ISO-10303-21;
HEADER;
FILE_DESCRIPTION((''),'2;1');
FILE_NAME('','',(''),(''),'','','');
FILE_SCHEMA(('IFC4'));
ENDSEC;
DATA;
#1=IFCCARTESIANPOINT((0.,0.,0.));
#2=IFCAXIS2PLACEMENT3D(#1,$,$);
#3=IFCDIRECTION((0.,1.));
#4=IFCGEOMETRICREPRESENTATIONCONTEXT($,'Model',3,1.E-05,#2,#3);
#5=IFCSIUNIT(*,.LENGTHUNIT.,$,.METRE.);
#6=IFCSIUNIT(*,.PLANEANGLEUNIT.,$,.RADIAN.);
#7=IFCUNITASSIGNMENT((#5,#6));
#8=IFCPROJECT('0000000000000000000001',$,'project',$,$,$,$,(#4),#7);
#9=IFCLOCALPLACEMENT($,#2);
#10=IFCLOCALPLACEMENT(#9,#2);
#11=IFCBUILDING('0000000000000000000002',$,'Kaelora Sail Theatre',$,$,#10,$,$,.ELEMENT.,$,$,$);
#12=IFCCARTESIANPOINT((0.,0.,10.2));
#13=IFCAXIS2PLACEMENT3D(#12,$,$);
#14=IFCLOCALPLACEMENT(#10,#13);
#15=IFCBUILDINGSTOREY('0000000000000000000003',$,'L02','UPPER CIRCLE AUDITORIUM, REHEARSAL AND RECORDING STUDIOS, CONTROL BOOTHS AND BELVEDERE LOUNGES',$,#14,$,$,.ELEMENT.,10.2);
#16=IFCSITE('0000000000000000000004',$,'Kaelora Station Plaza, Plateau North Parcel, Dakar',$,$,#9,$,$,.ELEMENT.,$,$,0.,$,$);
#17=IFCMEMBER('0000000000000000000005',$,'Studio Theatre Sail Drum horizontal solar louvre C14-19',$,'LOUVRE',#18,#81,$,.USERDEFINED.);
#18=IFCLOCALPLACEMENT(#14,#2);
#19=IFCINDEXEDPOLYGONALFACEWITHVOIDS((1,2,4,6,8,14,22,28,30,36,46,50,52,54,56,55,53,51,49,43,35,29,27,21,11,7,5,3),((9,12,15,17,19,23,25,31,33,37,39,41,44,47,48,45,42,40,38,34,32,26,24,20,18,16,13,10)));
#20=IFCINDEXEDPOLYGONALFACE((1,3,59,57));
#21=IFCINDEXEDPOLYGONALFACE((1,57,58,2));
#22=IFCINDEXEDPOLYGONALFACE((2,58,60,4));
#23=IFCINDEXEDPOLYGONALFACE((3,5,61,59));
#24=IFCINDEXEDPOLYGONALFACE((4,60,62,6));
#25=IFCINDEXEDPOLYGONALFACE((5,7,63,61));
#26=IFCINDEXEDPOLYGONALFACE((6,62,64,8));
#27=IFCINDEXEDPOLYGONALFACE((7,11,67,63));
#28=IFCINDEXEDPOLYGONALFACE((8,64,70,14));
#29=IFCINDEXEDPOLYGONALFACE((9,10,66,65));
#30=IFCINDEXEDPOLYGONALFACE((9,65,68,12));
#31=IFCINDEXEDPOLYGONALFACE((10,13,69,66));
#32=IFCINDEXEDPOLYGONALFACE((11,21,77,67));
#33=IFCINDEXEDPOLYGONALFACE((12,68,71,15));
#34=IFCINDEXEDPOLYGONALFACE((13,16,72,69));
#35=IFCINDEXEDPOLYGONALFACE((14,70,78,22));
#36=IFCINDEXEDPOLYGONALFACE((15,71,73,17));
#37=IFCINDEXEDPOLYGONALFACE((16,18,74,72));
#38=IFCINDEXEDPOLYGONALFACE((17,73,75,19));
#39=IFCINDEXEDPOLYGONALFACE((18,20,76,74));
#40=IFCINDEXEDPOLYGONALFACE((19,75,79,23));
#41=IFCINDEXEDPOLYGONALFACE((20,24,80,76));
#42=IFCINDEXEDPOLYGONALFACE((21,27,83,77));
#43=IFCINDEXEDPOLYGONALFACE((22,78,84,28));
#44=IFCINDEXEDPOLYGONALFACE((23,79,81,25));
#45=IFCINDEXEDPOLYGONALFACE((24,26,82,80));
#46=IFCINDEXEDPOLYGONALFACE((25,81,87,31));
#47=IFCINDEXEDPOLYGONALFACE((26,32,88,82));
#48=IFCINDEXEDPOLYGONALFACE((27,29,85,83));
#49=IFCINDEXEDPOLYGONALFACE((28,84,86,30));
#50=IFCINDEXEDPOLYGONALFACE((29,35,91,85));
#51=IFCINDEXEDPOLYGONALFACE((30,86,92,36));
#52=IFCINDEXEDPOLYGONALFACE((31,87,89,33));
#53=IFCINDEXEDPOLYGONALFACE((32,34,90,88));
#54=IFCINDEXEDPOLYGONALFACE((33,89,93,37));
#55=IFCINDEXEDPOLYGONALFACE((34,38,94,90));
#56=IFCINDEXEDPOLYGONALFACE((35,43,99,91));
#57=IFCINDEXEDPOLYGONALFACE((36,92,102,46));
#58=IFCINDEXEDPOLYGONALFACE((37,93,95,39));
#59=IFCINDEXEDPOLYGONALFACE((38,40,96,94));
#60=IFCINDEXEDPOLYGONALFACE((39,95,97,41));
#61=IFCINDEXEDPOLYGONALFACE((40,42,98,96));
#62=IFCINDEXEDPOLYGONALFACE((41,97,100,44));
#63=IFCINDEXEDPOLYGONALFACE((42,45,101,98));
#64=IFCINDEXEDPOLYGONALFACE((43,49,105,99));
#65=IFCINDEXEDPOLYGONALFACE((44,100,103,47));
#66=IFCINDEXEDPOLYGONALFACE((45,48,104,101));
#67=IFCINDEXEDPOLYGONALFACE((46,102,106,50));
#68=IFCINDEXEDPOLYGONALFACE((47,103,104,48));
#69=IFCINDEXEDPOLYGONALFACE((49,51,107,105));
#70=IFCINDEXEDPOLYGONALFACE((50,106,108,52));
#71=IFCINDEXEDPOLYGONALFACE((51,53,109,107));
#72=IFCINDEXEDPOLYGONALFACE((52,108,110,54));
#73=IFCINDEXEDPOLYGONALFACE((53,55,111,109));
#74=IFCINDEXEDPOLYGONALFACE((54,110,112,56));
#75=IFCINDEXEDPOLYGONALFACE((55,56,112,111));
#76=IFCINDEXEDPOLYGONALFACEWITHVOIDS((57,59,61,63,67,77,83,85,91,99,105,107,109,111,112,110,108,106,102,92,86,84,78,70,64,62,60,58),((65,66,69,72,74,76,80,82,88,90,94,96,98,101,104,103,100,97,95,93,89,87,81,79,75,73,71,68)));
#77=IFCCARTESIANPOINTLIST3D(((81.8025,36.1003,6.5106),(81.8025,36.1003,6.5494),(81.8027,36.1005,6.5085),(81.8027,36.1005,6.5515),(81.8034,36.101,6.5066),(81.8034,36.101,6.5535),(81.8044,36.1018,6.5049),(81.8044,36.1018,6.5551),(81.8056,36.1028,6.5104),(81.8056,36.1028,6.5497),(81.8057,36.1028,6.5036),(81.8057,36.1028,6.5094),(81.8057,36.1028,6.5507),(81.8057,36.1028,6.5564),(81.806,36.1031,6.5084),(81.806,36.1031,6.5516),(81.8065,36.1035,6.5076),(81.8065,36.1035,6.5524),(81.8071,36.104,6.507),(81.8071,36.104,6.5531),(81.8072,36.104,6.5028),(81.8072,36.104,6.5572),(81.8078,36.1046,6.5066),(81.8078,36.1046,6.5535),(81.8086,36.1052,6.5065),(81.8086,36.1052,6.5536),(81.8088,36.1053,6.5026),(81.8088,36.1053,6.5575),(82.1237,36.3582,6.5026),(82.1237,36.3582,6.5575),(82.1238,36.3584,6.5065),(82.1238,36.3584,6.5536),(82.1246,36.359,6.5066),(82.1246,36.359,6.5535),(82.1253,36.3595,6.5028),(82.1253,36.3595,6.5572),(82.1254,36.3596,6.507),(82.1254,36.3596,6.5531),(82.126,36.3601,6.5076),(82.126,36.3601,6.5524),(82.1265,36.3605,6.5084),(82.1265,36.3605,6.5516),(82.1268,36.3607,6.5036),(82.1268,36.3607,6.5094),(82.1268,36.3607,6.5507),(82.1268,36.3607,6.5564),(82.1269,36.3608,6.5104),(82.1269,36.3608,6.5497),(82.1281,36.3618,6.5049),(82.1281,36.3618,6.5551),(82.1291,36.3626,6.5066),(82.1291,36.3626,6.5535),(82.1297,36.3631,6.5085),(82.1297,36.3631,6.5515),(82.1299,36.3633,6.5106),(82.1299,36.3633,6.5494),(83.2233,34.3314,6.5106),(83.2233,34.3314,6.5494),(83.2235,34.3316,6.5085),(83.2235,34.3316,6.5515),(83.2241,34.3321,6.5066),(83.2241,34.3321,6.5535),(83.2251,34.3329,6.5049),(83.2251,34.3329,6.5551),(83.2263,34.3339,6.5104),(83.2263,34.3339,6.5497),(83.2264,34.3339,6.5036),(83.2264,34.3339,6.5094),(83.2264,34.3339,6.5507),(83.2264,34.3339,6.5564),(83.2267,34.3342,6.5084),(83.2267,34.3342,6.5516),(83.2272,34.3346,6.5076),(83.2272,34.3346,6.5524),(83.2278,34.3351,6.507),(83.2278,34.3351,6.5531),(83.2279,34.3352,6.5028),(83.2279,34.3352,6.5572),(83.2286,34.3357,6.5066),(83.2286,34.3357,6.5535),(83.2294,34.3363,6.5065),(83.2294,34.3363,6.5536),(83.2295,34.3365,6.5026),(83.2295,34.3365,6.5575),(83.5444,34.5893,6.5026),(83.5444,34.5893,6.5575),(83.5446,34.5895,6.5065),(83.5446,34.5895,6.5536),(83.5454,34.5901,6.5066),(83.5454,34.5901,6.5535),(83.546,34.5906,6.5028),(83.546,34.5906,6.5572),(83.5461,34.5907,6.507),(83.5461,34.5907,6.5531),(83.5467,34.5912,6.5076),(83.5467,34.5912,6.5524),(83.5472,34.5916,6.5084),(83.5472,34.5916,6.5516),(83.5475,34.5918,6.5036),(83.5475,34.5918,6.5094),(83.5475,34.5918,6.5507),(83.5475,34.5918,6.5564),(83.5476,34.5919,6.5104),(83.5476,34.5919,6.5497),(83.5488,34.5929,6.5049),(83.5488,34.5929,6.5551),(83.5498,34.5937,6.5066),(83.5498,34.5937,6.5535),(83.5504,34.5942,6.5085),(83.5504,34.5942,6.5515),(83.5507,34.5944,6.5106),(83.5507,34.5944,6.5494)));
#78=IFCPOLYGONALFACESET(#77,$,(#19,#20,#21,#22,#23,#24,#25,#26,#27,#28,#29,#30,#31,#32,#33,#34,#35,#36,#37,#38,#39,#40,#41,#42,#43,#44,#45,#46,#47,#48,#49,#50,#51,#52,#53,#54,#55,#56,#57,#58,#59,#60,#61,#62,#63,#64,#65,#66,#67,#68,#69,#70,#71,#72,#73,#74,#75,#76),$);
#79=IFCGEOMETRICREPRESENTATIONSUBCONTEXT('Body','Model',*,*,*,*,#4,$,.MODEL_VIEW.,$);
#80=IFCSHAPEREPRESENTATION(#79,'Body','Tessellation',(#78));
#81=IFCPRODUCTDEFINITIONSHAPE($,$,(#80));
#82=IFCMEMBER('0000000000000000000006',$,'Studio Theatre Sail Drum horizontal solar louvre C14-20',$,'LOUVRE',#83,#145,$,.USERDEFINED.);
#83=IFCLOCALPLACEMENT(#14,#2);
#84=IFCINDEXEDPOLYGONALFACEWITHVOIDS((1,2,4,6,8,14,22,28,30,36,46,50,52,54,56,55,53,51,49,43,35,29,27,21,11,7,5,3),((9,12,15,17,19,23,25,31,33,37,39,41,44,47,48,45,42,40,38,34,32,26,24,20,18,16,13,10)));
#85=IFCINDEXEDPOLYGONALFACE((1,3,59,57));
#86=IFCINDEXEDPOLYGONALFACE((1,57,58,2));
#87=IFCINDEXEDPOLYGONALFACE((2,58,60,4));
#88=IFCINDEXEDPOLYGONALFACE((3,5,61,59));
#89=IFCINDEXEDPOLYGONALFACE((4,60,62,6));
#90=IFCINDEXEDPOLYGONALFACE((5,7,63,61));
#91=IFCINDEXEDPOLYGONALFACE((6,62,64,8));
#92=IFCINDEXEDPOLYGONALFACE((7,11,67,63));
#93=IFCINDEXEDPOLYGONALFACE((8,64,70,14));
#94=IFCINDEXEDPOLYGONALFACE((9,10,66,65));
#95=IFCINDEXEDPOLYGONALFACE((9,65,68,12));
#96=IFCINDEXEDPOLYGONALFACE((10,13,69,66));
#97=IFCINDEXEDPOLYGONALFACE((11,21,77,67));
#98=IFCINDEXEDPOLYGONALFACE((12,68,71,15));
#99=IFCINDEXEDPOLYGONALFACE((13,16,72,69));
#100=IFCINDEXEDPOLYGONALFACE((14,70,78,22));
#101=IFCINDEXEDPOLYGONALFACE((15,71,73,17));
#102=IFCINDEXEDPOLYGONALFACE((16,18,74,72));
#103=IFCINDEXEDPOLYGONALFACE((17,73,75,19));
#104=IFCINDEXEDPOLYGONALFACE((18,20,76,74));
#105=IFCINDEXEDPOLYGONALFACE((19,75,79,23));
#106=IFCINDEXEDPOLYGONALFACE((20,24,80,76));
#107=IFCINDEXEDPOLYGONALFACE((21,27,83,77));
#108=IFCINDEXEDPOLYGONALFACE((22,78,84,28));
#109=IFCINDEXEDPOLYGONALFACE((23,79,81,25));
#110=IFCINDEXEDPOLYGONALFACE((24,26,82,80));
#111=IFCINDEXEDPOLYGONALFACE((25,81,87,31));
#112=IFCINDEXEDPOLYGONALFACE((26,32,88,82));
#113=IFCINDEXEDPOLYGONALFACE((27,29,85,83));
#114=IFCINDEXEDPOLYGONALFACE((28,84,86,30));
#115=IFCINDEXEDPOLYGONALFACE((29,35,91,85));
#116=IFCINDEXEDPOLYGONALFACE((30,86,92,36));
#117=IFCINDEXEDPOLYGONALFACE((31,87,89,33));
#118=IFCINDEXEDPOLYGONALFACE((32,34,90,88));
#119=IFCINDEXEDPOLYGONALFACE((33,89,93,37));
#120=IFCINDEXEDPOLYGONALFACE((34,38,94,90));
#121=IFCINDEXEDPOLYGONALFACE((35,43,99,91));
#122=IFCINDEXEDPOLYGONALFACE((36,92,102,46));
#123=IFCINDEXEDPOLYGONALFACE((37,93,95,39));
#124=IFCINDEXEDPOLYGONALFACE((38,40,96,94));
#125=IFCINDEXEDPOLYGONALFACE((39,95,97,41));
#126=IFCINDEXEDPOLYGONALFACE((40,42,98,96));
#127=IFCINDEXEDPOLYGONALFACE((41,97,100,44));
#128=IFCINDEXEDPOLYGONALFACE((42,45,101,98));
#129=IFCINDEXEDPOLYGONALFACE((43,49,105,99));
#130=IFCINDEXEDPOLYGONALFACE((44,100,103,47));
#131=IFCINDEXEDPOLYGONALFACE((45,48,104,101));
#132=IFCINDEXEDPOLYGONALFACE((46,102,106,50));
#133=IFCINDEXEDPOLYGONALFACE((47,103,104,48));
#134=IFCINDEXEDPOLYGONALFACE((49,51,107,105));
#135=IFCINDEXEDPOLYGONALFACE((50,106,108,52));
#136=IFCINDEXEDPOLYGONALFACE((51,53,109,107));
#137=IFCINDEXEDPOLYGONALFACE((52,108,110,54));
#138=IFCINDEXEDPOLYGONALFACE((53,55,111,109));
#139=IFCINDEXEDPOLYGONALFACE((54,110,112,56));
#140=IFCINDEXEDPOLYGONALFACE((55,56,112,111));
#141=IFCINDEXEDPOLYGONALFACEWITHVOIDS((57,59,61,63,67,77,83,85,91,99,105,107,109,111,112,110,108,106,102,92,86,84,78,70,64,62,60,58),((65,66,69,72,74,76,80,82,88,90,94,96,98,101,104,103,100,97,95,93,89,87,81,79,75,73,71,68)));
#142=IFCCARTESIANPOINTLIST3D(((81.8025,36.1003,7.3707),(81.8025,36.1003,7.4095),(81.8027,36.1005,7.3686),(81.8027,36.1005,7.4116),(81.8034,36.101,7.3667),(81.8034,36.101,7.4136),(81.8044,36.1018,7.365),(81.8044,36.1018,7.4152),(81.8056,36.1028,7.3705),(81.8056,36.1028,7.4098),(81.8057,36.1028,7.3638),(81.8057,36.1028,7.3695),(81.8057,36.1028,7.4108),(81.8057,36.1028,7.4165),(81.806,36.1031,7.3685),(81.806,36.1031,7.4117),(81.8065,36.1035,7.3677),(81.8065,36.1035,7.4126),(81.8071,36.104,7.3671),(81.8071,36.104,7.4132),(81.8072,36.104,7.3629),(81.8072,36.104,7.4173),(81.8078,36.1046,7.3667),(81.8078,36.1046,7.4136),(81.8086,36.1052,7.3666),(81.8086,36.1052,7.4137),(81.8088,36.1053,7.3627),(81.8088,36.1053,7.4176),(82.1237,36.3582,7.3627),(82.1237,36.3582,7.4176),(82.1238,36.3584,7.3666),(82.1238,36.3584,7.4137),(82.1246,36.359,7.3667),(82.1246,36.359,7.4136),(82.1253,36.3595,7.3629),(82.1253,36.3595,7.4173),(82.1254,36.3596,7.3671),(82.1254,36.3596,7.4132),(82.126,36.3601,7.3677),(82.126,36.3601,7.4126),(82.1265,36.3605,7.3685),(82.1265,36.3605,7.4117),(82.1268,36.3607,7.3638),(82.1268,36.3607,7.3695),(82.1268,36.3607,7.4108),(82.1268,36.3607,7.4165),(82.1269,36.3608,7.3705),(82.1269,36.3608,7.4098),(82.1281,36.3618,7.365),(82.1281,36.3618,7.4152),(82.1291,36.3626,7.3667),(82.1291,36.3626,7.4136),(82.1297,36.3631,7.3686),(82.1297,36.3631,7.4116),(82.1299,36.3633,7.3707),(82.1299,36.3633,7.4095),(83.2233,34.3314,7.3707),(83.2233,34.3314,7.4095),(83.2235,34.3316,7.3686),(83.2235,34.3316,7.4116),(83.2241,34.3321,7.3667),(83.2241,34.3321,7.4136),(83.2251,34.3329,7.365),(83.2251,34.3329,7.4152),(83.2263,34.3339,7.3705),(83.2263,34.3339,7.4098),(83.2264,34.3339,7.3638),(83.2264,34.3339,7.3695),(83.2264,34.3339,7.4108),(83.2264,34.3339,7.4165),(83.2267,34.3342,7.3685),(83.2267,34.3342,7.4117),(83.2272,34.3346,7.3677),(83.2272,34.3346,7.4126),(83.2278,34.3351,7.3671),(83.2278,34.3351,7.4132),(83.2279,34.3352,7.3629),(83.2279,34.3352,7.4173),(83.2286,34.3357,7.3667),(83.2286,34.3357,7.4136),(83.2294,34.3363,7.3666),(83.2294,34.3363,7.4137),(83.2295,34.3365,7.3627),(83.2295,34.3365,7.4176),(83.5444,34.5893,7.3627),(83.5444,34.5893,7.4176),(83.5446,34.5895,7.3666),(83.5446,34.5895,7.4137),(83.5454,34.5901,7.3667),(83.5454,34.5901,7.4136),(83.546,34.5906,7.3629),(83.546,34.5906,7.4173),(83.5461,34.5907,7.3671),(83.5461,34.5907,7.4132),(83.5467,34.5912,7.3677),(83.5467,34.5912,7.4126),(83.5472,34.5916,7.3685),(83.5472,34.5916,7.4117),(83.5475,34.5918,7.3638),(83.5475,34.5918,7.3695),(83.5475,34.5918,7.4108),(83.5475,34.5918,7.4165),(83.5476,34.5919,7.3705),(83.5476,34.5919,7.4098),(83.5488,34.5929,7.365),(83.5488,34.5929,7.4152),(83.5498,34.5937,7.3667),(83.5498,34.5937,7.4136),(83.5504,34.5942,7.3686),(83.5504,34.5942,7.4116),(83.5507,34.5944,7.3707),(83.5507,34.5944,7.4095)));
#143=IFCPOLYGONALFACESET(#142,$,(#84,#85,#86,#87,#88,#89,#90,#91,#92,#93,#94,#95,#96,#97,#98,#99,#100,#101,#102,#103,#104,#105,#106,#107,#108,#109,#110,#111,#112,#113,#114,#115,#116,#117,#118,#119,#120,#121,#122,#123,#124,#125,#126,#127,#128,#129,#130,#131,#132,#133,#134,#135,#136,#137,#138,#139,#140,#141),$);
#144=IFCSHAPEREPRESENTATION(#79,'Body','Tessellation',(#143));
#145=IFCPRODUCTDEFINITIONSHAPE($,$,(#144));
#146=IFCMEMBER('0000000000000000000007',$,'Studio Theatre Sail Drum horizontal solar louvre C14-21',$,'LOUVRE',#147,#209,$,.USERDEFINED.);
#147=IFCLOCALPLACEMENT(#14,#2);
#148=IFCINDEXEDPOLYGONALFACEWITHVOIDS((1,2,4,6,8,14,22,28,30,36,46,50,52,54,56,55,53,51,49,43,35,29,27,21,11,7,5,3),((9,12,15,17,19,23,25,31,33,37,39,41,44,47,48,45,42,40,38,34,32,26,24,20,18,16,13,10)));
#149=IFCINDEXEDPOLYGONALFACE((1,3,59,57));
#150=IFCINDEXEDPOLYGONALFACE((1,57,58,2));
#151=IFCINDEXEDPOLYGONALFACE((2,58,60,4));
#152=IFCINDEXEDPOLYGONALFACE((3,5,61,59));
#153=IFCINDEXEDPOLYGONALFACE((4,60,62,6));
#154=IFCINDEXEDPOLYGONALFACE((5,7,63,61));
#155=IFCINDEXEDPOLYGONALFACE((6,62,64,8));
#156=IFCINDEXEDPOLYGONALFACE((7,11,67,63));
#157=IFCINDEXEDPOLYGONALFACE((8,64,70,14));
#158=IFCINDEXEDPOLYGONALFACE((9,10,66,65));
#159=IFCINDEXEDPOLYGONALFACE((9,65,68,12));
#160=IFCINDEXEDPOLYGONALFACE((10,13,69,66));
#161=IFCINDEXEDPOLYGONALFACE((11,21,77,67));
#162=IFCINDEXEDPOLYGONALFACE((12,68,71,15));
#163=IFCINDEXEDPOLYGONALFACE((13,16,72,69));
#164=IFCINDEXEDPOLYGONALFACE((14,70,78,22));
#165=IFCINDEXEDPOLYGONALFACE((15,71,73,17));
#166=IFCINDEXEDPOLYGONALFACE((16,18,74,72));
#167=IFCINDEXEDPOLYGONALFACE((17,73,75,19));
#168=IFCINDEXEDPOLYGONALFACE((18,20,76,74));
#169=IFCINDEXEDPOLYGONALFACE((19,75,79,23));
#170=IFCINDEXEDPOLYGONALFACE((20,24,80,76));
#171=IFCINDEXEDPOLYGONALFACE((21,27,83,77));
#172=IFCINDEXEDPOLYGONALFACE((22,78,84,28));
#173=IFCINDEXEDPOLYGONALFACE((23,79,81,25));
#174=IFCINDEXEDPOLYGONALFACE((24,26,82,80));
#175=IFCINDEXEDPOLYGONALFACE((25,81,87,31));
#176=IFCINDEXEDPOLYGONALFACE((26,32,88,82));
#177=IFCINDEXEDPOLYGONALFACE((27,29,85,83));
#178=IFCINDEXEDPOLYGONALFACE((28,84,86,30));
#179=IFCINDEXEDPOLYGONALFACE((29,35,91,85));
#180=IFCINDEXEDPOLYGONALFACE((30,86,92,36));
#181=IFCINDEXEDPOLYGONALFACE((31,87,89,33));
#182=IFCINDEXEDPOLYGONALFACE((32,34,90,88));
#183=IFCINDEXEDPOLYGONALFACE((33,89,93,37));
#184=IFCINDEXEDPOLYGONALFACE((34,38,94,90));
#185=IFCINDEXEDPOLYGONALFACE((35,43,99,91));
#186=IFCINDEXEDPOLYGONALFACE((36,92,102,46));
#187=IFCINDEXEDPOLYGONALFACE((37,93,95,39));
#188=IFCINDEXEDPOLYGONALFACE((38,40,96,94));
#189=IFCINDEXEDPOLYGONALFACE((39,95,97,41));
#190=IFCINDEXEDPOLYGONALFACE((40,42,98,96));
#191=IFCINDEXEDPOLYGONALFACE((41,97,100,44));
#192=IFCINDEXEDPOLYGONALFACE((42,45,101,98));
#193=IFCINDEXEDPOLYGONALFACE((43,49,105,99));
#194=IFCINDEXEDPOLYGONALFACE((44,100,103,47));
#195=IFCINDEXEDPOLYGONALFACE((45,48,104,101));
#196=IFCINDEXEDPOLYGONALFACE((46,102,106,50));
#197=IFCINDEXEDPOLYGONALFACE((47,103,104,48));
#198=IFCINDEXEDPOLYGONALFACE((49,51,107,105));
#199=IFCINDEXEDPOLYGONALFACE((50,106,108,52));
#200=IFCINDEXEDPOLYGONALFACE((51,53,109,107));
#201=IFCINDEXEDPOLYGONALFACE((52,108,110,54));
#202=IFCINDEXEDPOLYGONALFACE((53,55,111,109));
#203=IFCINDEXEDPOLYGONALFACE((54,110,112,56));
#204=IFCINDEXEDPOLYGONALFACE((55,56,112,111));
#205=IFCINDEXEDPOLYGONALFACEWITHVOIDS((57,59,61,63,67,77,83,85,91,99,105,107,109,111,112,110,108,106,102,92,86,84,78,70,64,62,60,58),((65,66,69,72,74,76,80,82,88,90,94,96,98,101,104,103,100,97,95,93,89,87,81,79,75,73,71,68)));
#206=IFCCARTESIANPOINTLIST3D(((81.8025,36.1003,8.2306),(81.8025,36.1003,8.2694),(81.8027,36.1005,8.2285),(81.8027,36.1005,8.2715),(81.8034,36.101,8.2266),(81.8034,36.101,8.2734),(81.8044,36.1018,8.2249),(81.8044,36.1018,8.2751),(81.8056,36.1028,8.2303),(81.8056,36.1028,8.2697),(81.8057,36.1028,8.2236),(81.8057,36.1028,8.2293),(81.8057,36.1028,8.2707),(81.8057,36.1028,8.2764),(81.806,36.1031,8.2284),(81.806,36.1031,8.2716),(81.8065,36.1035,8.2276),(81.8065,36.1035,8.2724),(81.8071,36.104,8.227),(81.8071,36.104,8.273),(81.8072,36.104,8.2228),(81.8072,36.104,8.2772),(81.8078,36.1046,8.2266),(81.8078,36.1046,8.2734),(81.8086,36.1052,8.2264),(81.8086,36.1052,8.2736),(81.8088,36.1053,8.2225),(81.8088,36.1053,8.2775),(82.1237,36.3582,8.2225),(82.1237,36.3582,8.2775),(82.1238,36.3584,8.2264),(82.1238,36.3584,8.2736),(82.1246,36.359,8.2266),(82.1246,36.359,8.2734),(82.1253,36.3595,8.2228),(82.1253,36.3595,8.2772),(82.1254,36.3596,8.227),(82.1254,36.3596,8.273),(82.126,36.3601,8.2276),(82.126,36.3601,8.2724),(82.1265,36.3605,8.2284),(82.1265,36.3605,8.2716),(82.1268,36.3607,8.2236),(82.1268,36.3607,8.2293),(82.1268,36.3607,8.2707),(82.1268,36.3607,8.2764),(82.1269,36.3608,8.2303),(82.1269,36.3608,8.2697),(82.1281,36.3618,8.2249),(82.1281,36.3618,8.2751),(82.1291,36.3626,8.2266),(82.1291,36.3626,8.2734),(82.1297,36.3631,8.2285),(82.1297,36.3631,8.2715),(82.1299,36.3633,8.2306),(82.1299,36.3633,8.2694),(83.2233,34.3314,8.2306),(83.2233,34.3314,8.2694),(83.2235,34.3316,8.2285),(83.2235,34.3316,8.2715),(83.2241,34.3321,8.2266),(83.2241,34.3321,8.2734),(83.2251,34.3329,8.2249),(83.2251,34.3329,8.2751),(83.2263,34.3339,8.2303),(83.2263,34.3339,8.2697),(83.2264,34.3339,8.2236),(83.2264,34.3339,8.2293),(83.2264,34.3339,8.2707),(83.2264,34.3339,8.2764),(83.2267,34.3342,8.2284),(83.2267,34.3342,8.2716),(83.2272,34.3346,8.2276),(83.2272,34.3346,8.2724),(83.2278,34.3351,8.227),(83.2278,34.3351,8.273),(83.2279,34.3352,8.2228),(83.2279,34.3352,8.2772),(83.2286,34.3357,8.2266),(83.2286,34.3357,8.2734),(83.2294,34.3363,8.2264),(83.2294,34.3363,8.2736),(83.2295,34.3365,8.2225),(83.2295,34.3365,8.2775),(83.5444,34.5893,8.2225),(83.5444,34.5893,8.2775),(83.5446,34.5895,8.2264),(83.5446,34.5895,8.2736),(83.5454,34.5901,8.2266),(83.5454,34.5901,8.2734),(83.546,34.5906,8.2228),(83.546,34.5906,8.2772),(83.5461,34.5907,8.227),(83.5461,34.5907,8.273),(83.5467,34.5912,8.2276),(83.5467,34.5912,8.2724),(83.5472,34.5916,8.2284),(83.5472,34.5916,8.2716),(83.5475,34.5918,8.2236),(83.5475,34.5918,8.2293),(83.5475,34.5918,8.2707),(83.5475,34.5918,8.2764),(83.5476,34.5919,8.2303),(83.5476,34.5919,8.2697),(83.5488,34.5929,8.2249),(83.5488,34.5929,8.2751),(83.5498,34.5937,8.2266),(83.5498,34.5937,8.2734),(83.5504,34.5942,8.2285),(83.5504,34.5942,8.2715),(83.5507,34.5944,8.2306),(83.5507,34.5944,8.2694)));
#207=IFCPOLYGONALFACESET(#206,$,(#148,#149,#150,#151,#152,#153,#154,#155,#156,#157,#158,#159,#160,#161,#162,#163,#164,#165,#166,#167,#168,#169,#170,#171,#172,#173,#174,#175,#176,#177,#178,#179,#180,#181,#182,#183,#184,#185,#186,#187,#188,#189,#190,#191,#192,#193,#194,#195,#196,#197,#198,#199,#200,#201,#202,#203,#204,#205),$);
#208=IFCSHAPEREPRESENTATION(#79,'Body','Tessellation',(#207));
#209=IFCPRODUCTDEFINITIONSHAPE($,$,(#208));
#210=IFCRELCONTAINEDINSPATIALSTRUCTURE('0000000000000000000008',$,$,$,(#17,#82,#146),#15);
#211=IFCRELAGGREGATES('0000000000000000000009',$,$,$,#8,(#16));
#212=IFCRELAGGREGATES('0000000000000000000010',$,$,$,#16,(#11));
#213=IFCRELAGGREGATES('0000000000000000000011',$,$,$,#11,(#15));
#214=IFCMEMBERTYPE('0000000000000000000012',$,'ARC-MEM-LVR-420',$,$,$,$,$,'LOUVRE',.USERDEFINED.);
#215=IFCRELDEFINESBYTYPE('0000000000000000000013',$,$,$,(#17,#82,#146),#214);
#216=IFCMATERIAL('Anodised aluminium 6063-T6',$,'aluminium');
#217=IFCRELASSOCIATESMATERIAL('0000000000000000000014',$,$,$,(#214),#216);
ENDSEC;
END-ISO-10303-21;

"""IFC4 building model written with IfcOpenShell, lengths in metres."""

from ifc_helpers import new_model, si_unit, direction, frame, origin, origin_2d, place, context, subcontext, project, spatial, hollow_rectangle, extrude, material, material_profile, profile_set, type_object, element, save


model = new_model("IFC4")

# Units and contexts
model_context = context("Model", 3, precision=1e-05, world=origin(), true_north=direction((0.0, 1.0)))
body_context = subcontext(model_context, "Body", "Model", "MODEL_VIEW")
ifc_project = project(units=[si_unit("LENGTHUNIT", "METRE"), si_unit("PLANEANGLEUNIT", "RADIAN")], contexts=[model_context])

# Site, building, storey
site_placement = place(None, origin())
site = spatial("IfcSite", under=ifc_project, at=site_placement, Name="Kaelora Station Plaza, Plateau North Parcel, Dakar", CompositionType="ELEMENT", RefElevation=0.0)
building_placement = place(site_placement, origin())
building = spatial("IfcBuilding", under=site, at=building_placement, Name="Kaelora Sail Theatre", CompositionType="ELEMENT")
storey_placement = place(building_placement, frame((0.0, 0.0, 10.2)))
storey = spatial("IfcBuildingStorey", under=building, at=storey_placement, Name="L02", Description="UPPER CIRCLE AUDITORIUM, REHEARSAL AND RECORDING STUDIOS, CONTROL BOOTHS AND BELVEDERE LOUNGES", CompositionType="ELEMENT", Elevation=10.2)

# Members
ifc_material_1 = material(Name="Anodised aluminium 6063-T6", Category="aluminium")
ifc_material_profile_1 = material_profile(ifc_material_1, hollow_rectangle(XDim=0.4199, YDim=0.0549, WallThickness=0.0039, InnerFilletRadius=0.0039, OuterFilletRadius=0.0081, at=origin_2d()), Name="LOUVRE 420x55x4")
ifc_profile_set_1 = profile_set([ifc_material_profile_1], Name="Anodised aluminium 6063-T6")
member_type = type_object("IfcMemberType", Name="ARC-MEM-LVR-420", ElementType="LOUVRE", PredefinedType="USERDEFINED", material=ifc_profile_set_1)
for number, where, z_axis, x_axis, name in (
    (1, (83.387, 34.4629, 6.53), (-0.626203, 0.77966, 0.0), (-0.77966, -0.626203, 0.0), "Studio Theatre Sail Drum horizontal solar louvre C14-19"),
    (2, (83.387, 34.4629, 7.3901), (-0.626203, 0.77966, 0.0), (-0.77966, -0.626203, 0.0), "Studio Theatre Sail Drum horizontal solar louvre C14-20"),
    (3, (83.387, 34.4629, 8.25), (-0.626203, 0.77966, 0.0), (-0.77966, -0.626203, 0.0), "Studio Theatre Sail Drum horizontal solar louvre C14-21"),
):
    element("IfcMember", number, at=place(storey_placement, frame(where, z_axis=z_axis, x_axis=x_axis)), inside=storey, type_object=member_type, Name=name, ObjectType="LOUVRE", PredefinedType="USERDEFINED", context=body_context, shape_type="SweptSolid", body=[
        extrude(hollow_rectangle(XDim=0.4199, YDim=0.0549, WallThickness=0.0039, InnerFilletRadius=0.0039, OuterFilletRadius=0.0081, at=origin_2d()), origin(), (0.0, 0.0, 1.0), 2.2688),
    ])

save(model, "model.ifc")
